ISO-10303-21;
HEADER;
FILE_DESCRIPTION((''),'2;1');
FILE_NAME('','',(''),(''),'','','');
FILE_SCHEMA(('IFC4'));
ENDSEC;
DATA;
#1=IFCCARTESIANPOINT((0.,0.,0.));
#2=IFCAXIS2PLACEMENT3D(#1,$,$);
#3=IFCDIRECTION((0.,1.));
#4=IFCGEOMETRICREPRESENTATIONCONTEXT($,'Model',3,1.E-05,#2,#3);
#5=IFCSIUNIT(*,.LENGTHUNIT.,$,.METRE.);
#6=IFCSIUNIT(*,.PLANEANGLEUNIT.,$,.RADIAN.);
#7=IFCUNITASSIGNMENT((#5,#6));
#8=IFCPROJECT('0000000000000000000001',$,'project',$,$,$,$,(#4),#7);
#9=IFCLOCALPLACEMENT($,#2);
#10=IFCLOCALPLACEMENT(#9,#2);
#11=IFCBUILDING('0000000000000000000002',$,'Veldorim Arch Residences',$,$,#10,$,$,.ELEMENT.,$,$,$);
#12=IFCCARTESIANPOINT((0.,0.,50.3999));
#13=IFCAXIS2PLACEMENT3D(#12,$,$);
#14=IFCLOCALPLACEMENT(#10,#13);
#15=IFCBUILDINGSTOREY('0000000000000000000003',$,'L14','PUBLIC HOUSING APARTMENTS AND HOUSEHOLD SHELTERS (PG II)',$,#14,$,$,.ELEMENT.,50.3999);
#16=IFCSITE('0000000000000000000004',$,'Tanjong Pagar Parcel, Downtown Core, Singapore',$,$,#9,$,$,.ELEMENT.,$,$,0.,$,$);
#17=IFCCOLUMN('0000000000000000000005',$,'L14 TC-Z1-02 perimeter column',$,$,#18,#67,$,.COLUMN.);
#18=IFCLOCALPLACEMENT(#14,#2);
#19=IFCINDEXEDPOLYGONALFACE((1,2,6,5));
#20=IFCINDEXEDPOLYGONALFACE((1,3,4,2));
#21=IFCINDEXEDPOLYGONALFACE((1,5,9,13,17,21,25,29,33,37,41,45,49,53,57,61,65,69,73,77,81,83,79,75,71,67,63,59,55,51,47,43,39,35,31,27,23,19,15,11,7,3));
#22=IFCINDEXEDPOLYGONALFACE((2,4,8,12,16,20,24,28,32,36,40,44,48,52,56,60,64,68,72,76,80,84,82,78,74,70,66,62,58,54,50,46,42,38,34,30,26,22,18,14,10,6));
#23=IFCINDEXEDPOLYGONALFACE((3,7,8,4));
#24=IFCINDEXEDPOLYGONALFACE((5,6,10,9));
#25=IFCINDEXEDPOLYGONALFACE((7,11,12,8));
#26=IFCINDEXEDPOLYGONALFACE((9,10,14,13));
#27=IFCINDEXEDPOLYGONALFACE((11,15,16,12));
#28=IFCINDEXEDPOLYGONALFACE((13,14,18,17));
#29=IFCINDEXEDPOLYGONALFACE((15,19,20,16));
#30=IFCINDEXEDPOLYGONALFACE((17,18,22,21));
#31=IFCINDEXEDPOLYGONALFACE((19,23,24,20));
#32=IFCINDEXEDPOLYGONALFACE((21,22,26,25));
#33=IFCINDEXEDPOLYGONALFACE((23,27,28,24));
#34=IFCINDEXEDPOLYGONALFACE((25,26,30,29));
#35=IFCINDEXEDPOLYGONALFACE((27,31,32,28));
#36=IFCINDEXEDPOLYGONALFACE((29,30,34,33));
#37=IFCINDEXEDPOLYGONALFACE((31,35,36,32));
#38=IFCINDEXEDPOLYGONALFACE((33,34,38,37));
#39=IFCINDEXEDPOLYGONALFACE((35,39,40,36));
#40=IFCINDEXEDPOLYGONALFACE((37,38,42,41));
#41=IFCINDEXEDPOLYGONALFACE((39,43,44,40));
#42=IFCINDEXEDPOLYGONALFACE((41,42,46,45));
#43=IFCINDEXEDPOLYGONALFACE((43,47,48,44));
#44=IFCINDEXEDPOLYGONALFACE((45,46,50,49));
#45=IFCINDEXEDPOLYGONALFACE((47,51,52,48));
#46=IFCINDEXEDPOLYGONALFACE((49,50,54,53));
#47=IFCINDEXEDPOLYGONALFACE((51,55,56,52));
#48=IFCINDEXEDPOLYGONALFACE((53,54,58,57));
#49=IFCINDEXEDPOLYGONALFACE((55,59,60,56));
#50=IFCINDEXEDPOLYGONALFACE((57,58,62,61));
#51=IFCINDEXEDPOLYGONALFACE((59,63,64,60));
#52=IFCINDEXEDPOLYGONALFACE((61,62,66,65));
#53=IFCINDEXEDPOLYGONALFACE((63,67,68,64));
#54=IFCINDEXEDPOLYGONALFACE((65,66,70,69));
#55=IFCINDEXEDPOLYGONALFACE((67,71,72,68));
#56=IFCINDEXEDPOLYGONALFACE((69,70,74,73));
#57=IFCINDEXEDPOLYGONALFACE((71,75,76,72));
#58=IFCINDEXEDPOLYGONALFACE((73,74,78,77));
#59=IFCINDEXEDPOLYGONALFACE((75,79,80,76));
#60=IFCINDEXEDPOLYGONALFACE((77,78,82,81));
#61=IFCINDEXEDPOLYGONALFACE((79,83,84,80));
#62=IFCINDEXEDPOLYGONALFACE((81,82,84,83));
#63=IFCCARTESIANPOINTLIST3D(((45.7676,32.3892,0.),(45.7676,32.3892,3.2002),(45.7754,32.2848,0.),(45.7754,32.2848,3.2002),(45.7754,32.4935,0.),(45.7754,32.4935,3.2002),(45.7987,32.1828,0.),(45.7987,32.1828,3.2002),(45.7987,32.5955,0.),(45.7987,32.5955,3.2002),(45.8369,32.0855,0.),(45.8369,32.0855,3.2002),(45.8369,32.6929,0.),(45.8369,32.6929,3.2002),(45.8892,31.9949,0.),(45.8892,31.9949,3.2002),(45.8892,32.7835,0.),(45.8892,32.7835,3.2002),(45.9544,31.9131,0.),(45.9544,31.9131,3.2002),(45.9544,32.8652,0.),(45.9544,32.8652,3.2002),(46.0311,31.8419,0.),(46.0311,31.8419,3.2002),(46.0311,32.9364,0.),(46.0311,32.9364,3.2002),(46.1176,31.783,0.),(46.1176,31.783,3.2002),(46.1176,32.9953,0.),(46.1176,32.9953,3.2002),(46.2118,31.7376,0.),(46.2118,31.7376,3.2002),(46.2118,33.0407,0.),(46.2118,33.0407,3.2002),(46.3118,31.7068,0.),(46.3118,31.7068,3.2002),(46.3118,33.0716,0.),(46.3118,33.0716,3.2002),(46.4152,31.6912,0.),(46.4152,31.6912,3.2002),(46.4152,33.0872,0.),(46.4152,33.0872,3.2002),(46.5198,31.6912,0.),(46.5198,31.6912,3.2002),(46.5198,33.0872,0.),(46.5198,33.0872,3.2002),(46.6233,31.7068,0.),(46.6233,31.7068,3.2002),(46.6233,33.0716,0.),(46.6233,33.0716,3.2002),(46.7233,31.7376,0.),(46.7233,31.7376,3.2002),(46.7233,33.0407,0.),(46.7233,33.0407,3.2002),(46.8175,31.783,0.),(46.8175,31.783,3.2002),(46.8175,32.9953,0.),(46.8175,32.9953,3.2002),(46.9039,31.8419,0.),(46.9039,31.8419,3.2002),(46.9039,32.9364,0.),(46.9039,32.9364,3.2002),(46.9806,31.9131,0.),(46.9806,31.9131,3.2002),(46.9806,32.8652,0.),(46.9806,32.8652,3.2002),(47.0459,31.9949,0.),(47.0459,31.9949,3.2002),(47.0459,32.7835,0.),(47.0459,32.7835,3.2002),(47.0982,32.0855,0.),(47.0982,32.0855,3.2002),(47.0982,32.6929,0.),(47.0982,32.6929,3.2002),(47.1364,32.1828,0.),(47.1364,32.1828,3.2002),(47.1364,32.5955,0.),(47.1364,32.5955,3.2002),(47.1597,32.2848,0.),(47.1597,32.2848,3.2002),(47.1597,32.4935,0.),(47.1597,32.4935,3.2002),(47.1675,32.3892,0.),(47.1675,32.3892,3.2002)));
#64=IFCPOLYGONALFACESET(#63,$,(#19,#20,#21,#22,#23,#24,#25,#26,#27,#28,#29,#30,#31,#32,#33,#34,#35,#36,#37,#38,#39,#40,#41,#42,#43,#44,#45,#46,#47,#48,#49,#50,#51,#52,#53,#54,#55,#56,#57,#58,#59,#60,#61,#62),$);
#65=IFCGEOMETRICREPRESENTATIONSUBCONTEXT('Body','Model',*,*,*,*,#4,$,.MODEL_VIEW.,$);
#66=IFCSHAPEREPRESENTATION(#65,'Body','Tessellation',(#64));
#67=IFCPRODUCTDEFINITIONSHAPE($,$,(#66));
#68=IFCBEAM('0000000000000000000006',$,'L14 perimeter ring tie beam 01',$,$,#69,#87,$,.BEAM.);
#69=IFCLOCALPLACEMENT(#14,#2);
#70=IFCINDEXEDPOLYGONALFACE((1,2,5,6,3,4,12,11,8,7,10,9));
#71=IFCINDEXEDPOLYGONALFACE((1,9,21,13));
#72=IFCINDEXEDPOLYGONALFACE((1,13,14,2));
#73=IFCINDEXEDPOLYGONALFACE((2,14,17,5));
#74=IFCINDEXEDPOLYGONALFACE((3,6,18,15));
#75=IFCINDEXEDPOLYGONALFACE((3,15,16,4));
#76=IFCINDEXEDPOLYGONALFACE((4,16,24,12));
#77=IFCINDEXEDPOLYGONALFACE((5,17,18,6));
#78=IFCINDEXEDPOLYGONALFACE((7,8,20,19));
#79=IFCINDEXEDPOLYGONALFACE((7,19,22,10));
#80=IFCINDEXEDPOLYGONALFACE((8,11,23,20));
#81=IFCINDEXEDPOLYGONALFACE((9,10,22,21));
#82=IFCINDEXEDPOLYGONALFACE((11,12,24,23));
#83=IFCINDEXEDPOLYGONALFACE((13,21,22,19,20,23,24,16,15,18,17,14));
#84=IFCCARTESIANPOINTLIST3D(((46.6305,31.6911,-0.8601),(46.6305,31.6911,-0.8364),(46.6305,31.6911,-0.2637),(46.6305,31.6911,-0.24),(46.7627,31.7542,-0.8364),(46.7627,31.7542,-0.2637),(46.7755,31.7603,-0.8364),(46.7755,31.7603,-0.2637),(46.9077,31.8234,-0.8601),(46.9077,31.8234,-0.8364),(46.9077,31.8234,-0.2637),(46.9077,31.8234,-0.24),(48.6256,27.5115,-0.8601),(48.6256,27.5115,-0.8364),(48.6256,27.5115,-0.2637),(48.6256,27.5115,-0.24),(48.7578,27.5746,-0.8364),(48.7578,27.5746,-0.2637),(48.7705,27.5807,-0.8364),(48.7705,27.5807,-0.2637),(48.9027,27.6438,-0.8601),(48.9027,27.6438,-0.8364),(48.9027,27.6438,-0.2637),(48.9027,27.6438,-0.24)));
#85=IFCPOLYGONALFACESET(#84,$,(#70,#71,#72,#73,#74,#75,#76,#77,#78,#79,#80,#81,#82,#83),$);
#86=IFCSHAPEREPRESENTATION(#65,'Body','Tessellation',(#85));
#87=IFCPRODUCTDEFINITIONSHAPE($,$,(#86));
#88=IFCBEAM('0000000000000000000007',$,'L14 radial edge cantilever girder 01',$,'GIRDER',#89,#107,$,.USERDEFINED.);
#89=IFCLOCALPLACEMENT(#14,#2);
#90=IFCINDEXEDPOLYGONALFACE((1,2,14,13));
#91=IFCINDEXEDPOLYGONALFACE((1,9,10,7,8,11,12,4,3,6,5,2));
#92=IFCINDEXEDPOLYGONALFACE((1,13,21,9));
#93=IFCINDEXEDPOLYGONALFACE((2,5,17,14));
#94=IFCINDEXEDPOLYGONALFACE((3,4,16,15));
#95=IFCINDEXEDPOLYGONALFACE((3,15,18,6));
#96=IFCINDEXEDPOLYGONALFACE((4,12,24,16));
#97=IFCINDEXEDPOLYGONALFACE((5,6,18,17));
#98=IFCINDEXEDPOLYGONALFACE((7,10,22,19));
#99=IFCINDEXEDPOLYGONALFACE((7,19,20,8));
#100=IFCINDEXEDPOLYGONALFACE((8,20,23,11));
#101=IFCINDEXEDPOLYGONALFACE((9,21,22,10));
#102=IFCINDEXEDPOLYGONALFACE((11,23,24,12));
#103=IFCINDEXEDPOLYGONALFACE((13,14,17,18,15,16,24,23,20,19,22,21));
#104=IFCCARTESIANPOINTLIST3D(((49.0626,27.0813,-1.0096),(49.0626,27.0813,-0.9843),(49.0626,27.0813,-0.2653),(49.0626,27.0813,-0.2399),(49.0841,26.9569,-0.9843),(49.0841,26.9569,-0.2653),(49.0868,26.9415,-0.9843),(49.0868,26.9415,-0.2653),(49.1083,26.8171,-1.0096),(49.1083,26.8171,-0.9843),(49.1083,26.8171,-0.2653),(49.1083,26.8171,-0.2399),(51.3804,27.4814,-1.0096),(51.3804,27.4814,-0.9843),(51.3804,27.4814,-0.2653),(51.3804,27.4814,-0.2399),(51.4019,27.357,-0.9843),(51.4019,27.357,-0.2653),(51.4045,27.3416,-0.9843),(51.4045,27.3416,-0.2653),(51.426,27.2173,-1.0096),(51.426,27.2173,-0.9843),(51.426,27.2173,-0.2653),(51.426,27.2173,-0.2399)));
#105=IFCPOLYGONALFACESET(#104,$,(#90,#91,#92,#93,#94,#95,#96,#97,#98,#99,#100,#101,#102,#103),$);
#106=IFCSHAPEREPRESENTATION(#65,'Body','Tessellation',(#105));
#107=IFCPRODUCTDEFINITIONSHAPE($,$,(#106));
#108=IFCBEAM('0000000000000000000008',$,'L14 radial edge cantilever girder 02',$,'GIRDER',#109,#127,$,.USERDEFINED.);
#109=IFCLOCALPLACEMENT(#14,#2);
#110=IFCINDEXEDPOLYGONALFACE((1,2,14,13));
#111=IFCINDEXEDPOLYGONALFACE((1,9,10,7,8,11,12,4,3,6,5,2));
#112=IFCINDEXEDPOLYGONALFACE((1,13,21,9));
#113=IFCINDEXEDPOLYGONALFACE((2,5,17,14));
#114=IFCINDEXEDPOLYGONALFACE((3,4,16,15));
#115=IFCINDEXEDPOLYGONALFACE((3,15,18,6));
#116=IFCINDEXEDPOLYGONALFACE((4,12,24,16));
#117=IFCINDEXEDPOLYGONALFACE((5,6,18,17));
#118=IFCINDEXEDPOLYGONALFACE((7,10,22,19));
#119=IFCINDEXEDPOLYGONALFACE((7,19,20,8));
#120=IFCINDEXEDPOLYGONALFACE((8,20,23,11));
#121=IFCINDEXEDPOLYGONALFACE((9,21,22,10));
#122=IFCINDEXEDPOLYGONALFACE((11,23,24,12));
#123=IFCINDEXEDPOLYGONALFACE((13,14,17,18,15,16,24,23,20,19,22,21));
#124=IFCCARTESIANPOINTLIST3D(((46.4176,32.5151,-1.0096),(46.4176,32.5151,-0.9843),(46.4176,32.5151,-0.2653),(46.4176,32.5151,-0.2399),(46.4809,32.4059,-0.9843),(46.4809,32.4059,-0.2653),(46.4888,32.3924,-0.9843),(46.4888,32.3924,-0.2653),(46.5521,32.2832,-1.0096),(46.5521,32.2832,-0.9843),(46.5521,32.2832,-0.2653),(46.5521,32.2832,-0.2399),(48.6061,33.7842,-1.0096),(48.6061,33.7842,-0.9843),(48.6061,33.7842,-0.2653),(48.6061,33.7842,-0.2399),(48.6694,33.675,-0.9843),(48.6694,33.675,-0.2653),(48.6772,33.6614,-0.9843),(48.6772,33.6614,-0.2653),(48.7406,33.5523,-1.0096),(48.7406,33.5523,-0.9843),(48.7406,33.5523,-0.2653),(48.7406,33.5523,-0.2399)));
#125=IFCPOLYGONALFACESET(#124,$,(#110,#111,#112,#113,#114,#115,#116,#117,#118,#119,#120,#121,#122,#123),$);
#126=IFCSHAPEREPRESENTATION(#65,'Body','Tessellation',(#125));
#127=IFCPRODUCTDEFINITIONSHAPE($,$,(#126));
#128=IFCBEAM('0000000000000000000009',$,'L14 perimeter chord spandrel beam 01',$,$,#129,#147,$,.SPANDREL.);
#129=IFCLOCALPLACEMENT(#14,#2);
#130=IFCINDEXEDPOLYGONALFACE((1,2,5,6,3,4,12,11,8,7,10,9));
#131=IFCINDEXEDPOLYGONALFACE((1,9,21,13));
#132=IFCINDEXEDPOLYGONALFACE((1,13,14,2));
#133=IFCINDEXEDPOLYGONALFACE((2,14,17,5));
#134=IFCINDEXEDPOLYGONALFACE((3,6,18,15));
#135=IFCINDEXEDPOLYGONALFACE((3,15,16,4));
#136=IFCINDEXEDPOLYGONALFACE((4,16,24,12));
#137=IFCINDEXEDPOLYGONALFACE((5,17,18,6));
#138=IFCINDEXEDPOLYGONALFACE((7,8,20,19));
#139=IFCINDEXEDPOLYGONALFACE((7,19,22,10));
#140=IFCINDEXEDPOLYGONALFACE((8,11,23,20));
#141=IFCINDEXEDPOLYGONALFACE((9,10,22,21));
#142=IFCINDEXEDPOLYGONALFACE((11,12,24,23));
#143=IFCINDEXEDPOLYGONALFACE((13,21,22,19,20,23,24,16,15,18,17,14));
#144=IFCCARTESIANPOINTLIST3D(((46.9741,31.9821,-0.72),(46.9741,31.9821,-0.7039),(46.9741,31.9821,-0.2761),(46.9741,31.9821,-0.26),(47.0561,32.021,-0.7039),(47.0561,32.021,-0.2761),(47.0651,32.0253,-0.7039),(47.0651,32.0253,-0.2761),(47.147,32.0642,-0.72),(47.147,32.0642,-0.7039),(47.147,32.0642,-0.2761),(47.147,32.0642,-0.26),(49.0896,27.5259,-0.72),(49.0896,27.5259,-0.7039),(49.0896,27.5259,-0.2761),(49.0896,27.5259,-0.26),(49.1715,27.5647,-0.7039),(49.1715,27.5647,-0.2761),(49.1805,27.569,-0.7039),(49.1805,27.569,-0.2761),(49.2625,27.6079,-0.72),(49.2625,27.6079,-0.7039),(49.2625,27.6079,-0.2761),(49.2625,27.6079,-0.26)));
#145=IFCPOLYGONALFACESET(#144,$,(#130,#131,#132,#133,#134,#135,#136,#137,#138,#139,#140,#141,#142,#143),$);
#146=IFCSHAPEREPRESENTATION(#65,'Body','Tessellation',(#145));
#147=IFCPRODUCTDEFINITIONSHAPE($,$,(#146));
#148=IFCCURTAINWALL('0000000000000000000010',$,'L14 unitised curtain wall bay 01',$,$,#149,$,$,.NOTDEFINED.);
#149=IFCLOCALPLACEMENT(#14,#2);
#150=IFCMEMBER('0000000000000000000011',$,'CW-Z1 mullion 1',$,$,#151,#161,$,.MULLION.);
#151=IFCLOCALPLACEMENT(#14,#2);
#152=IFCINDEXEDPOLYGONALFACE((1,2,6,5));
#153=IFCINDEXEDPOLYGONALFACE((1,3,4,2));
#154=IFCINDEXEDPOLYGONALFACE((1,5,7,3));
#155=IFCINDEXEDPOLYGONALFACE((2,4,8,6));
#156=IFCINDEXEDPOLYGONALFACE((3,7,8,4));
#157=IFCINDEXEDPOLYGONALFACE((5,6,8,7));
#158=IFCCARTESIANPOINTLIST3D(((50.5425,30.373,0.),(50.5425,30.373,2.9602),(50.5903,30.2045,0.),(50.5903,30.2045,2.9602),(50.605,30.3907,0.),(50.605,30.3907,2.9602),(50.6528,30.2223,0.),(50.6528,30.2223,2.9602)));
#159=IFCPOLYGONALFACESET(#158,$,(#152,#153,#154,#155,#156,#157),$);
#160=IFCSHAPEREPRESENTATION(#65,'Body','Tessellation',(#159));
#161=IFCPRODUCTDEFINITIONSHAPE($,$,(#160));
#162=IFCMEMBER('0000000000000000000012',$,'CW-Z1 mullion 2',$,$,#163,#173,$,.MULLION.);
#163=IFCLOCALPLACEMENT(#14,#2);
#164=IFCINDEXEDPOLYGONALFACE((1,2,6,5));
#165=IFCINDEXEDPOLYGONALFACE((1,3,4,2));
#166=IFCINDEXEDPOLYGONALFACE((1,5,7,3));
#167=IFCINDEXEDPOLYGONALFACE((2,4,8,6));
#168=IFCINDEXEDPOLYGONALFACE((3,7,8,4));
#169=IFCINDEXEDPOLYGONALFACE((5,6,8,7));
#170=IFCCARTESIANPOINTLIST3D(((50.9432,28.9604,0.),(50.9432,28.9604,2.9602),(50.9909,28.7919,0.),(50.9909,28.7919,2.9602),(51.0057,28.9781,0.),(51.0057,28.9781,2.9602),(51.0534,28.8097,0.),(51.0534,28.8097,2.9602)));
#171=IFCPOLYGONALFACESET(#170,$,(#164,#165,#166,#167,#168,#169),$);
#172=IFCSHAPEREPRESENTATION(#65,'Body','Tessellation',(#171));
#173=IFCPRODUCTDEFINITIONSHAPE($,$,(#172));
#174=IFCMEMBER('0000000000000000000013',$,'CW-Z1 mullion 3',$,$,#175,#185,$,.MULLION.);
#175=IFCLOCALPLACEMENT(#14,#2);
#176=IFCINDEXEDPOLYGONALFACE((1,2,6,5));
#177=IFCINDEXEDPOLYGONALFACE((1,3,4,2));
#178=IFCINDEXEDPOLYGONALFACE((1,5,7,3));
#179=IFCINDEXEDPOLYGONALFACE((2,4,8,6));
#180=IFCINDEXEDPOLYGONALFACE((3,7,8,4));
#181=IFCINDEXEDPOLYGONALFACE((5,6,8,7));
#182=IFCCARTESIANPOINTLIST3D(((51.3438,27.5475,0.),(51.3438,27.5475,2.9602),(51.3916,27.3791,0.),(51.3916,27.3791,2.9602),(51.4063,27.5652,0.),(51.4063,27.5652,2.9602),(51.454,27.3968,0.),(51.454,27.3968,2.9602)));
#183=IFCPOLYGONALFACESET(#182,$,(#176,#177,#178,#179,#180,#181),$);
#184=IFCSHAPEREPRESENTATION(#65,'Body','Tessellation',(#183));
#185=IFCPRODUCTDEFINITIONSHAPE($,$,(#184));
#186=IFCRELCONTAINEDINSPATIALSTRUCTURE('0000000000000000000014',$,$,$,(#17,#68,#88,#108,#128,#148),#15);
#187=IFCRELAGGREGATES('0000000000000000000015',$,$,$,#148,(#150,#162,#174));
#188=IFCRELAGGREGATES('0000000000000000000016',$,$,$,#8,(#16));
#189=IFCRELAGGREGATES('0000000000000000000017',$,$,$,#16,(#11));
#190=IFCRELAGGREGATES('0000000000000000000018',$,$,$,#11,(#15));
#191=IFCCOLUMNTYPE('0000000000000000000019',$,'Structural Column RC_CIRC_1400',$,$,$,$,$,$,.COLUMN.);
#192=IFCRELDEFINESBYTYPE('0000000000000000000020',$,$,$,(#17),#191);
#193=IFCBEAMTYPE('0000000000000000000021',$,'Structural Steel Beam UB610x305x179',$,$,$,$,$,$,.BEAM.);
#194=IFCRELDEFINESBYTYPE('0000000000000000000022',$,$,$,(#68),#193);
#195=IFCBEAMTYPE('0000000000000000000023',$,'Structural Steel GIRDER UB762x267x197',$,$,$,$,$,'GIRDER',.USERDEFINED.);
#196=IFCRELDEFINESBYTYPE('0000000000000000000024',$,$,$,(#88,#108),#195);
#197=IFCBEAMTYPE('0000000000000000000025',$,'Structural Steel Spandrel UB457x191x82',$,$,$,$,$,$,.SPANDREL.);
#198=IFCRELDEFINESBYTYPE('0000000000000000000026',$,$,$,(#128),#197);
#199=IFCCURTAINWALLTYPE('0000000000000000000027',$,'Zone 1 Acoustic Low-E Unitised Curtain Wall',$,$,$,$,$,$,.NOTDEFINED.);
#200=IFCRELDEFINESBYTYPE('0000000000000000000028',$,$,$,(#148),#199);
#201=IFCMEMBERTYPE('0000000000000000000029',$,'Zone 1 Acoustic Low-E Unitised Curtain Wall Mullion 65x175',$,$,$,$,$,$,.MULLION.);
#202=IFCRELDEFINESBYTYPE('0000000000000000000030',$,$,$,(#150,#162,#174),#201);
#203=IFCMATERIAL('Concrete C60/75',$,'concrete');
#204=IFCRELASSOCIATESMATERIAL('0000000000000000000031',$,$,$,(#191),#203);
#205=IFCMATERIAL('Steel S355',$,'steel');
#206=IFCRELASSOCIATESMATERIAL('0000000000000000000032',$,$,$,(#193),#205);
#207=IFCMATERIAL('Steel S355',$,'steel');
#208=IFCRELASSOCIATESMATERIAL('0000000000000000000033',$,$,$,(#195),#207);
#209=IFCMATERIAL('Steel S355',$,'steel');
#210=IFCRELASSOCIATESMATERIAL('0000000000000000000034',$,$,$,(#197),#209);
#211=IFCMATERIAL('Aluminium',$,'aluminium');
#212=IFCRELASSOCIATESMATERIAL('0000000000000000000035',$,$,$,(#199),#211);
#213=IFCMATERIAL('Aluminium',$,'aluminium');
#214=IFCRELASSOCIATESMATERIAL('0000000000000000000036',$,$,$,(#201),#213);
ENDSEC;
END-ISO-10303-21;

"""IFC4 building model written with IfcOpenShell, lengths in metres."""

from ifc_helpers import new_model, si_unit, direction, frame, origin, origin_2d, place, context, subcontext, project, spatial, rectangle, circle, i_section, extrude, material, material_profile, profile_set, type_object, element, aggregate, save


model = new_model("IFC4")

# Units and contexts
model_context = context("Model", 3, precision=1e-05, world=origin(), true_north=direction((0.0, 1.0)))
body_context = subcontext(model_context, "Body", "Model", "MODEL_VIEW")
ifc_project = project(units=[si_unit("LENGTHUNIT", "METRE"), si_unit("PLANEANGLEUNIT", "RADIAN")], contexts=[model_context])

# Site, building, storey
site_placement = place(None, origin())
site = spatial("IfcSite", under=ifc_project, at=site_placement, Name="Tanjong Pagar Parcel, Downtown Core, Singapore", CompositionType="ELEMENT", RefElevation=0.0)
building_placement = place(site_placement, origin())
building = spatial("IfcBuilding", under=site, at=building_placement, Name="Veldorim Arch Residences", CompositionType="ELEMENT")
storey_placement = place(building_placement, frame((0.0, 0.0, 50.3999)))
storey = spatial("IfcBuildingStorey", under=building, at=storey_placement, Name="L14", Description="PUBLIC HOUSING APARTMENTS AND HOUSEHOLD SHELTERS (PG II)", CompositionType="ELEMENT", Elevation=50.3999)

# Column
ifc_material_1 = material(Name="Concrete C60/75", Category="concrete")
ifc_material_profile_1 = material_profile(ifc_material_1, circle(Radius=0.7, at=origin_2d()), Name="RC_CIRC_1400")
ifc_profile_set_1 = profile_set([ifc_material_profile_1], Name="Concrete C60/75")
column_type = type_object("IfcColumnType", Name="Structural Column RC_CIRC_1400", PredefinedType="COLUMN", material=ifc_profile_set_1)
column_placement = place(storey_placement, frame((46.4675, 32.3892, 0.0), z_axis=(0.0, 0.0, 1.0), x_axis=(1.0, 0.0, 0.0)))
element("IfcColumn", 1, at=column_placement, inside=storey, type_object=column_type, Name="L14 TC-Z1-02 perimeter column", PredefinedType="COLUMN", context=body_context, shape_type="SweptSolid", body=[
    extrude(circle(Radius=0.7, at=origin_2d()), origin(), (0.0, 0.0, 1.0), 3.2002),
])

# Beams
ifc_material_2 = material(Name="Steel S355", Category="steel")
ifc_material_profile_2 = material_profile(ifc_material_2, i_section(OverallWidth=0.3071, OverallDepth=0.6201, WebThickness=0.0142, FlangeThickness=0.0237, at=origin_2d()), Name="UB610x305x179")
ifc_profile_set_2 = profile_set([ifc_material_profile_2], Name="Steel S355")
beam_type_1 = type_object("IfcBeamType", Name="Structural Steel Beam UB610x305x179", PredefinedType="BEAM", material=ifc_profile_set_2)
beam_1_placement = place(storey_placement, frame((48.7642, 27.5776, -0.55), z_axis=(-0.430776, 0.902459, 0.0), x_axis=(-0.902459, -0.430776, 0.0)))
element("IfcBeam", 2, at=beam_1_placement, inside=storey, type_object=beam_type_1, Name="L14 perimeter ring tie beam 01", PredefinedType="BEAM", context=body_context, shape_type="SweptSolid", body=[
    extrude(i_section(OverallWidth=0.3071, OverallDepth=0.6201, WebThickness=0.0142, FlangeThickness=0.0237, at=origin_2d()), origin(), (0.0, 0.0, 1.0), 4.6313),
])
ifc_material_3 = material(Name="Steel S355", Category="steel")
ifc_material_profile_3 = material_profile(ifc_material_3, i_section(OverallWidth=0.2681, OverallDepth=0.7698, WebThickness=0.0156, FlangeThickness=0.0254, at=origin_2d()), Name="UB762x267x197")
ifc_profile_set_3 = profile_set([ifc_material_profile_3], Name="Steel S355")
beam_type_2 = type_object("IfcBeamType", Name="Structural Steel GIRDER UB762x267x197", ElementType="GIRDER", PredefinedType="USERDEFINED", material=ifc_profile_set_3)
beam_2_placement = place(storey_placement, frame((49.0854, 26.9492, -0.6248), z_axis=(0.985424, 0.170119, 0.0), x_axis=(-0.170119, 0.985424, 0.0)))
element("IfcBeam", 3, at=beam_2_placement, inside=storey, type_object=beam_type_2, Name="L14 radial edge cantilever girder 01", ObjectType="GIRDER", PredefinedType="USERDEFINED", context=body_context, shape_type="SweptSolid", body=[
    extrude(i_section(OverallWidth=0.2681, OverallDepth=0.7698, WebThickness=0.0156, FlangeThickness=0.0254, at=origin_2d()), origin(), (0.0, 0.0, 1.0), 2.3521),
])
beam_3_placement = place(storey_placement, frame((46.4849, 32.3992, -0.6248), z_axis=(0.865078, 0.501637, 0.0), x_axis=(-0.501637, 0.865078, 0.0)))
element("IfcBeam", 4, at=beam_3_placement, inside=storey, type_object=beam_type_2, Name="L14 radial edge cantilever girder 02", ObjectType="GIRDER", PredefinedType="USERDEFINED", context=body_context, shape_type="SweptSolid", body=[
    extrude(i_section(OverallWidth=0.2681, OverallDepth=0.7698, WebThickness=0.0156, FlangeThickness=0.0254, at=origin_2d()), origin(), (0.0, 0.0, 1.0), 2.5298),
])
ifc_material_4 = material(Name="Steel S355", Category="steel")
ifc_material_profile_4 = material_profile(ifc_material_4, i_section(OverallWidth=0.1914, OverallDepth=0.46, WebThickness=0.01, FlangeThickness=0.0161, at=origin_2d()), Name="UB457x191x82")
ifc_profile_set_4 = profile_set([ifc_material_profile_4], Name="Steel S355")
beam_type_3 = type_object("IfcBeamType", Name="Structural Steel Spandrel UB457x191x82", PredefinedType="SPANDREL", material=ifc_profile_set_4)
beam_4_placement = place(storey_placement, frame((49.176, 27.5669, -0.49), z_axis=(-0.428848, 0.903377, 0.0), x_axis=(-0.903377, -0.428848, 0.0)))
element("IfcBeam", 5, at=beam_4_placement, inside=storey, type_object=beam_type_3, Name="L14 perimeter chord spandrel beam 01", PredefinedType="SPANDREL", context=body_context, shape_type="SweptSolid", body=[
    extrude(i_section(OverallWidth=0.1914, OverallDepth=0.46, WebThickness=0.01, FlangeThickness=0.0161, at=origin_2d()), origin(), (0.0, 0.0, 1.0), 4.9329),
])

# Curtain wall, members
ifc_material_5 = material(Name="Aluminium", Category="aluminium")
curtain_wall_type = type_object("IfcCurtainWallType", Name="Zone 1 Acoustic Low-E Unitised Curtain Wall", PredefinedType="NOTDEFINED", material=ifc_material_5)
curtain_wall_placement = place(storey_placement, origin())
curtain_wall = element("IfcCurtainWall", 6, at=curtain_wall_placement, inside=storey, type_object=curtain_wall_type, Name="L14 unitised curtain wall bay 01", PredefinedType="NOTDEFINED")
ifc_material_6 = material(Name="Aluminium", Category="aluminium")
ifc_material_profile_5 = material_profile(ifc_material_6, rectangle(XDim=0.0649, YDim=0.175, at=origin_2d()), Name="ALU_MUL_65x175")
ifc_profile_set_5 = profile_set([ifc_material_profile_5], Name="Aluminium")
member_type_1 = type_object("IfcMemberType", Name="Zone 1 Acoustic Low-E Unitised Curtain Wall Mullion 65x175", PredefinedType="MULLION", material=ifc_profile_set_5)
member_1_placement = place(storey_placement, frame((50.5977, 30.2976, 0.0), z_axis=(0.0, 0.0, 1.0), x_axis=(0.962071, 0.272798, 0.0)))
member_1 = element("IfcMember", 7, at=member_1_placement, type_object=member_type_1, Name="CW-Z1 mullion 1", PredefinedType="MULLION", context=body_context, shape_type="SweptSolid", body=[
    extrude(rectangle(XDim=0.0649, YDim=0.175, at=origin_2d()), origin(), (0.0, 0.0, 1.0), 2.9602),
])
member_2_placement = place(storey_placement, frame((50.9983, 28.885, 0.0), z_axis=(0.0, 0.0, 1.0), x_axis=(0.962071, 0.272798, 0.0)))
member_2 = element("IfcMember", 8, at=member_2_placement, type_object=member_type_1, Name="CW-Z1 mullion 2", PredefinedType="MULLION", context=body_context, shape_type="SweptSolid", body=[
    extrude(rectangle(XDim=0.0649, YDim=0.175, at=origin_2d()), origin(), (0.0, 0.0, 1.0), 2.9602),
])
member_3_placement = place(storey_placement, frame((51.3989, 27.4722, 0.0), z_axis=(0.0, 0.0, 1.0), x_axis=(0.962071, 0.272798, 0.0)))
member_3 = element("IfcMember", 9, at=member_3_placement, type_object=member_type_1, Name="CW-Z1 mullion 3", PredefinedType="MULLION", context=body_context, shape_type="SweptSolid", body=[
    extrude(rectangle(XDim=0.0649, YDim=0.175, at=origin_2d()), origin(), (0.0, 0.0, 1.0), 2.9602),
])
aggregate(curtain_wall, [member_1, member_2, member_3])

save(model, "model.ifc")
